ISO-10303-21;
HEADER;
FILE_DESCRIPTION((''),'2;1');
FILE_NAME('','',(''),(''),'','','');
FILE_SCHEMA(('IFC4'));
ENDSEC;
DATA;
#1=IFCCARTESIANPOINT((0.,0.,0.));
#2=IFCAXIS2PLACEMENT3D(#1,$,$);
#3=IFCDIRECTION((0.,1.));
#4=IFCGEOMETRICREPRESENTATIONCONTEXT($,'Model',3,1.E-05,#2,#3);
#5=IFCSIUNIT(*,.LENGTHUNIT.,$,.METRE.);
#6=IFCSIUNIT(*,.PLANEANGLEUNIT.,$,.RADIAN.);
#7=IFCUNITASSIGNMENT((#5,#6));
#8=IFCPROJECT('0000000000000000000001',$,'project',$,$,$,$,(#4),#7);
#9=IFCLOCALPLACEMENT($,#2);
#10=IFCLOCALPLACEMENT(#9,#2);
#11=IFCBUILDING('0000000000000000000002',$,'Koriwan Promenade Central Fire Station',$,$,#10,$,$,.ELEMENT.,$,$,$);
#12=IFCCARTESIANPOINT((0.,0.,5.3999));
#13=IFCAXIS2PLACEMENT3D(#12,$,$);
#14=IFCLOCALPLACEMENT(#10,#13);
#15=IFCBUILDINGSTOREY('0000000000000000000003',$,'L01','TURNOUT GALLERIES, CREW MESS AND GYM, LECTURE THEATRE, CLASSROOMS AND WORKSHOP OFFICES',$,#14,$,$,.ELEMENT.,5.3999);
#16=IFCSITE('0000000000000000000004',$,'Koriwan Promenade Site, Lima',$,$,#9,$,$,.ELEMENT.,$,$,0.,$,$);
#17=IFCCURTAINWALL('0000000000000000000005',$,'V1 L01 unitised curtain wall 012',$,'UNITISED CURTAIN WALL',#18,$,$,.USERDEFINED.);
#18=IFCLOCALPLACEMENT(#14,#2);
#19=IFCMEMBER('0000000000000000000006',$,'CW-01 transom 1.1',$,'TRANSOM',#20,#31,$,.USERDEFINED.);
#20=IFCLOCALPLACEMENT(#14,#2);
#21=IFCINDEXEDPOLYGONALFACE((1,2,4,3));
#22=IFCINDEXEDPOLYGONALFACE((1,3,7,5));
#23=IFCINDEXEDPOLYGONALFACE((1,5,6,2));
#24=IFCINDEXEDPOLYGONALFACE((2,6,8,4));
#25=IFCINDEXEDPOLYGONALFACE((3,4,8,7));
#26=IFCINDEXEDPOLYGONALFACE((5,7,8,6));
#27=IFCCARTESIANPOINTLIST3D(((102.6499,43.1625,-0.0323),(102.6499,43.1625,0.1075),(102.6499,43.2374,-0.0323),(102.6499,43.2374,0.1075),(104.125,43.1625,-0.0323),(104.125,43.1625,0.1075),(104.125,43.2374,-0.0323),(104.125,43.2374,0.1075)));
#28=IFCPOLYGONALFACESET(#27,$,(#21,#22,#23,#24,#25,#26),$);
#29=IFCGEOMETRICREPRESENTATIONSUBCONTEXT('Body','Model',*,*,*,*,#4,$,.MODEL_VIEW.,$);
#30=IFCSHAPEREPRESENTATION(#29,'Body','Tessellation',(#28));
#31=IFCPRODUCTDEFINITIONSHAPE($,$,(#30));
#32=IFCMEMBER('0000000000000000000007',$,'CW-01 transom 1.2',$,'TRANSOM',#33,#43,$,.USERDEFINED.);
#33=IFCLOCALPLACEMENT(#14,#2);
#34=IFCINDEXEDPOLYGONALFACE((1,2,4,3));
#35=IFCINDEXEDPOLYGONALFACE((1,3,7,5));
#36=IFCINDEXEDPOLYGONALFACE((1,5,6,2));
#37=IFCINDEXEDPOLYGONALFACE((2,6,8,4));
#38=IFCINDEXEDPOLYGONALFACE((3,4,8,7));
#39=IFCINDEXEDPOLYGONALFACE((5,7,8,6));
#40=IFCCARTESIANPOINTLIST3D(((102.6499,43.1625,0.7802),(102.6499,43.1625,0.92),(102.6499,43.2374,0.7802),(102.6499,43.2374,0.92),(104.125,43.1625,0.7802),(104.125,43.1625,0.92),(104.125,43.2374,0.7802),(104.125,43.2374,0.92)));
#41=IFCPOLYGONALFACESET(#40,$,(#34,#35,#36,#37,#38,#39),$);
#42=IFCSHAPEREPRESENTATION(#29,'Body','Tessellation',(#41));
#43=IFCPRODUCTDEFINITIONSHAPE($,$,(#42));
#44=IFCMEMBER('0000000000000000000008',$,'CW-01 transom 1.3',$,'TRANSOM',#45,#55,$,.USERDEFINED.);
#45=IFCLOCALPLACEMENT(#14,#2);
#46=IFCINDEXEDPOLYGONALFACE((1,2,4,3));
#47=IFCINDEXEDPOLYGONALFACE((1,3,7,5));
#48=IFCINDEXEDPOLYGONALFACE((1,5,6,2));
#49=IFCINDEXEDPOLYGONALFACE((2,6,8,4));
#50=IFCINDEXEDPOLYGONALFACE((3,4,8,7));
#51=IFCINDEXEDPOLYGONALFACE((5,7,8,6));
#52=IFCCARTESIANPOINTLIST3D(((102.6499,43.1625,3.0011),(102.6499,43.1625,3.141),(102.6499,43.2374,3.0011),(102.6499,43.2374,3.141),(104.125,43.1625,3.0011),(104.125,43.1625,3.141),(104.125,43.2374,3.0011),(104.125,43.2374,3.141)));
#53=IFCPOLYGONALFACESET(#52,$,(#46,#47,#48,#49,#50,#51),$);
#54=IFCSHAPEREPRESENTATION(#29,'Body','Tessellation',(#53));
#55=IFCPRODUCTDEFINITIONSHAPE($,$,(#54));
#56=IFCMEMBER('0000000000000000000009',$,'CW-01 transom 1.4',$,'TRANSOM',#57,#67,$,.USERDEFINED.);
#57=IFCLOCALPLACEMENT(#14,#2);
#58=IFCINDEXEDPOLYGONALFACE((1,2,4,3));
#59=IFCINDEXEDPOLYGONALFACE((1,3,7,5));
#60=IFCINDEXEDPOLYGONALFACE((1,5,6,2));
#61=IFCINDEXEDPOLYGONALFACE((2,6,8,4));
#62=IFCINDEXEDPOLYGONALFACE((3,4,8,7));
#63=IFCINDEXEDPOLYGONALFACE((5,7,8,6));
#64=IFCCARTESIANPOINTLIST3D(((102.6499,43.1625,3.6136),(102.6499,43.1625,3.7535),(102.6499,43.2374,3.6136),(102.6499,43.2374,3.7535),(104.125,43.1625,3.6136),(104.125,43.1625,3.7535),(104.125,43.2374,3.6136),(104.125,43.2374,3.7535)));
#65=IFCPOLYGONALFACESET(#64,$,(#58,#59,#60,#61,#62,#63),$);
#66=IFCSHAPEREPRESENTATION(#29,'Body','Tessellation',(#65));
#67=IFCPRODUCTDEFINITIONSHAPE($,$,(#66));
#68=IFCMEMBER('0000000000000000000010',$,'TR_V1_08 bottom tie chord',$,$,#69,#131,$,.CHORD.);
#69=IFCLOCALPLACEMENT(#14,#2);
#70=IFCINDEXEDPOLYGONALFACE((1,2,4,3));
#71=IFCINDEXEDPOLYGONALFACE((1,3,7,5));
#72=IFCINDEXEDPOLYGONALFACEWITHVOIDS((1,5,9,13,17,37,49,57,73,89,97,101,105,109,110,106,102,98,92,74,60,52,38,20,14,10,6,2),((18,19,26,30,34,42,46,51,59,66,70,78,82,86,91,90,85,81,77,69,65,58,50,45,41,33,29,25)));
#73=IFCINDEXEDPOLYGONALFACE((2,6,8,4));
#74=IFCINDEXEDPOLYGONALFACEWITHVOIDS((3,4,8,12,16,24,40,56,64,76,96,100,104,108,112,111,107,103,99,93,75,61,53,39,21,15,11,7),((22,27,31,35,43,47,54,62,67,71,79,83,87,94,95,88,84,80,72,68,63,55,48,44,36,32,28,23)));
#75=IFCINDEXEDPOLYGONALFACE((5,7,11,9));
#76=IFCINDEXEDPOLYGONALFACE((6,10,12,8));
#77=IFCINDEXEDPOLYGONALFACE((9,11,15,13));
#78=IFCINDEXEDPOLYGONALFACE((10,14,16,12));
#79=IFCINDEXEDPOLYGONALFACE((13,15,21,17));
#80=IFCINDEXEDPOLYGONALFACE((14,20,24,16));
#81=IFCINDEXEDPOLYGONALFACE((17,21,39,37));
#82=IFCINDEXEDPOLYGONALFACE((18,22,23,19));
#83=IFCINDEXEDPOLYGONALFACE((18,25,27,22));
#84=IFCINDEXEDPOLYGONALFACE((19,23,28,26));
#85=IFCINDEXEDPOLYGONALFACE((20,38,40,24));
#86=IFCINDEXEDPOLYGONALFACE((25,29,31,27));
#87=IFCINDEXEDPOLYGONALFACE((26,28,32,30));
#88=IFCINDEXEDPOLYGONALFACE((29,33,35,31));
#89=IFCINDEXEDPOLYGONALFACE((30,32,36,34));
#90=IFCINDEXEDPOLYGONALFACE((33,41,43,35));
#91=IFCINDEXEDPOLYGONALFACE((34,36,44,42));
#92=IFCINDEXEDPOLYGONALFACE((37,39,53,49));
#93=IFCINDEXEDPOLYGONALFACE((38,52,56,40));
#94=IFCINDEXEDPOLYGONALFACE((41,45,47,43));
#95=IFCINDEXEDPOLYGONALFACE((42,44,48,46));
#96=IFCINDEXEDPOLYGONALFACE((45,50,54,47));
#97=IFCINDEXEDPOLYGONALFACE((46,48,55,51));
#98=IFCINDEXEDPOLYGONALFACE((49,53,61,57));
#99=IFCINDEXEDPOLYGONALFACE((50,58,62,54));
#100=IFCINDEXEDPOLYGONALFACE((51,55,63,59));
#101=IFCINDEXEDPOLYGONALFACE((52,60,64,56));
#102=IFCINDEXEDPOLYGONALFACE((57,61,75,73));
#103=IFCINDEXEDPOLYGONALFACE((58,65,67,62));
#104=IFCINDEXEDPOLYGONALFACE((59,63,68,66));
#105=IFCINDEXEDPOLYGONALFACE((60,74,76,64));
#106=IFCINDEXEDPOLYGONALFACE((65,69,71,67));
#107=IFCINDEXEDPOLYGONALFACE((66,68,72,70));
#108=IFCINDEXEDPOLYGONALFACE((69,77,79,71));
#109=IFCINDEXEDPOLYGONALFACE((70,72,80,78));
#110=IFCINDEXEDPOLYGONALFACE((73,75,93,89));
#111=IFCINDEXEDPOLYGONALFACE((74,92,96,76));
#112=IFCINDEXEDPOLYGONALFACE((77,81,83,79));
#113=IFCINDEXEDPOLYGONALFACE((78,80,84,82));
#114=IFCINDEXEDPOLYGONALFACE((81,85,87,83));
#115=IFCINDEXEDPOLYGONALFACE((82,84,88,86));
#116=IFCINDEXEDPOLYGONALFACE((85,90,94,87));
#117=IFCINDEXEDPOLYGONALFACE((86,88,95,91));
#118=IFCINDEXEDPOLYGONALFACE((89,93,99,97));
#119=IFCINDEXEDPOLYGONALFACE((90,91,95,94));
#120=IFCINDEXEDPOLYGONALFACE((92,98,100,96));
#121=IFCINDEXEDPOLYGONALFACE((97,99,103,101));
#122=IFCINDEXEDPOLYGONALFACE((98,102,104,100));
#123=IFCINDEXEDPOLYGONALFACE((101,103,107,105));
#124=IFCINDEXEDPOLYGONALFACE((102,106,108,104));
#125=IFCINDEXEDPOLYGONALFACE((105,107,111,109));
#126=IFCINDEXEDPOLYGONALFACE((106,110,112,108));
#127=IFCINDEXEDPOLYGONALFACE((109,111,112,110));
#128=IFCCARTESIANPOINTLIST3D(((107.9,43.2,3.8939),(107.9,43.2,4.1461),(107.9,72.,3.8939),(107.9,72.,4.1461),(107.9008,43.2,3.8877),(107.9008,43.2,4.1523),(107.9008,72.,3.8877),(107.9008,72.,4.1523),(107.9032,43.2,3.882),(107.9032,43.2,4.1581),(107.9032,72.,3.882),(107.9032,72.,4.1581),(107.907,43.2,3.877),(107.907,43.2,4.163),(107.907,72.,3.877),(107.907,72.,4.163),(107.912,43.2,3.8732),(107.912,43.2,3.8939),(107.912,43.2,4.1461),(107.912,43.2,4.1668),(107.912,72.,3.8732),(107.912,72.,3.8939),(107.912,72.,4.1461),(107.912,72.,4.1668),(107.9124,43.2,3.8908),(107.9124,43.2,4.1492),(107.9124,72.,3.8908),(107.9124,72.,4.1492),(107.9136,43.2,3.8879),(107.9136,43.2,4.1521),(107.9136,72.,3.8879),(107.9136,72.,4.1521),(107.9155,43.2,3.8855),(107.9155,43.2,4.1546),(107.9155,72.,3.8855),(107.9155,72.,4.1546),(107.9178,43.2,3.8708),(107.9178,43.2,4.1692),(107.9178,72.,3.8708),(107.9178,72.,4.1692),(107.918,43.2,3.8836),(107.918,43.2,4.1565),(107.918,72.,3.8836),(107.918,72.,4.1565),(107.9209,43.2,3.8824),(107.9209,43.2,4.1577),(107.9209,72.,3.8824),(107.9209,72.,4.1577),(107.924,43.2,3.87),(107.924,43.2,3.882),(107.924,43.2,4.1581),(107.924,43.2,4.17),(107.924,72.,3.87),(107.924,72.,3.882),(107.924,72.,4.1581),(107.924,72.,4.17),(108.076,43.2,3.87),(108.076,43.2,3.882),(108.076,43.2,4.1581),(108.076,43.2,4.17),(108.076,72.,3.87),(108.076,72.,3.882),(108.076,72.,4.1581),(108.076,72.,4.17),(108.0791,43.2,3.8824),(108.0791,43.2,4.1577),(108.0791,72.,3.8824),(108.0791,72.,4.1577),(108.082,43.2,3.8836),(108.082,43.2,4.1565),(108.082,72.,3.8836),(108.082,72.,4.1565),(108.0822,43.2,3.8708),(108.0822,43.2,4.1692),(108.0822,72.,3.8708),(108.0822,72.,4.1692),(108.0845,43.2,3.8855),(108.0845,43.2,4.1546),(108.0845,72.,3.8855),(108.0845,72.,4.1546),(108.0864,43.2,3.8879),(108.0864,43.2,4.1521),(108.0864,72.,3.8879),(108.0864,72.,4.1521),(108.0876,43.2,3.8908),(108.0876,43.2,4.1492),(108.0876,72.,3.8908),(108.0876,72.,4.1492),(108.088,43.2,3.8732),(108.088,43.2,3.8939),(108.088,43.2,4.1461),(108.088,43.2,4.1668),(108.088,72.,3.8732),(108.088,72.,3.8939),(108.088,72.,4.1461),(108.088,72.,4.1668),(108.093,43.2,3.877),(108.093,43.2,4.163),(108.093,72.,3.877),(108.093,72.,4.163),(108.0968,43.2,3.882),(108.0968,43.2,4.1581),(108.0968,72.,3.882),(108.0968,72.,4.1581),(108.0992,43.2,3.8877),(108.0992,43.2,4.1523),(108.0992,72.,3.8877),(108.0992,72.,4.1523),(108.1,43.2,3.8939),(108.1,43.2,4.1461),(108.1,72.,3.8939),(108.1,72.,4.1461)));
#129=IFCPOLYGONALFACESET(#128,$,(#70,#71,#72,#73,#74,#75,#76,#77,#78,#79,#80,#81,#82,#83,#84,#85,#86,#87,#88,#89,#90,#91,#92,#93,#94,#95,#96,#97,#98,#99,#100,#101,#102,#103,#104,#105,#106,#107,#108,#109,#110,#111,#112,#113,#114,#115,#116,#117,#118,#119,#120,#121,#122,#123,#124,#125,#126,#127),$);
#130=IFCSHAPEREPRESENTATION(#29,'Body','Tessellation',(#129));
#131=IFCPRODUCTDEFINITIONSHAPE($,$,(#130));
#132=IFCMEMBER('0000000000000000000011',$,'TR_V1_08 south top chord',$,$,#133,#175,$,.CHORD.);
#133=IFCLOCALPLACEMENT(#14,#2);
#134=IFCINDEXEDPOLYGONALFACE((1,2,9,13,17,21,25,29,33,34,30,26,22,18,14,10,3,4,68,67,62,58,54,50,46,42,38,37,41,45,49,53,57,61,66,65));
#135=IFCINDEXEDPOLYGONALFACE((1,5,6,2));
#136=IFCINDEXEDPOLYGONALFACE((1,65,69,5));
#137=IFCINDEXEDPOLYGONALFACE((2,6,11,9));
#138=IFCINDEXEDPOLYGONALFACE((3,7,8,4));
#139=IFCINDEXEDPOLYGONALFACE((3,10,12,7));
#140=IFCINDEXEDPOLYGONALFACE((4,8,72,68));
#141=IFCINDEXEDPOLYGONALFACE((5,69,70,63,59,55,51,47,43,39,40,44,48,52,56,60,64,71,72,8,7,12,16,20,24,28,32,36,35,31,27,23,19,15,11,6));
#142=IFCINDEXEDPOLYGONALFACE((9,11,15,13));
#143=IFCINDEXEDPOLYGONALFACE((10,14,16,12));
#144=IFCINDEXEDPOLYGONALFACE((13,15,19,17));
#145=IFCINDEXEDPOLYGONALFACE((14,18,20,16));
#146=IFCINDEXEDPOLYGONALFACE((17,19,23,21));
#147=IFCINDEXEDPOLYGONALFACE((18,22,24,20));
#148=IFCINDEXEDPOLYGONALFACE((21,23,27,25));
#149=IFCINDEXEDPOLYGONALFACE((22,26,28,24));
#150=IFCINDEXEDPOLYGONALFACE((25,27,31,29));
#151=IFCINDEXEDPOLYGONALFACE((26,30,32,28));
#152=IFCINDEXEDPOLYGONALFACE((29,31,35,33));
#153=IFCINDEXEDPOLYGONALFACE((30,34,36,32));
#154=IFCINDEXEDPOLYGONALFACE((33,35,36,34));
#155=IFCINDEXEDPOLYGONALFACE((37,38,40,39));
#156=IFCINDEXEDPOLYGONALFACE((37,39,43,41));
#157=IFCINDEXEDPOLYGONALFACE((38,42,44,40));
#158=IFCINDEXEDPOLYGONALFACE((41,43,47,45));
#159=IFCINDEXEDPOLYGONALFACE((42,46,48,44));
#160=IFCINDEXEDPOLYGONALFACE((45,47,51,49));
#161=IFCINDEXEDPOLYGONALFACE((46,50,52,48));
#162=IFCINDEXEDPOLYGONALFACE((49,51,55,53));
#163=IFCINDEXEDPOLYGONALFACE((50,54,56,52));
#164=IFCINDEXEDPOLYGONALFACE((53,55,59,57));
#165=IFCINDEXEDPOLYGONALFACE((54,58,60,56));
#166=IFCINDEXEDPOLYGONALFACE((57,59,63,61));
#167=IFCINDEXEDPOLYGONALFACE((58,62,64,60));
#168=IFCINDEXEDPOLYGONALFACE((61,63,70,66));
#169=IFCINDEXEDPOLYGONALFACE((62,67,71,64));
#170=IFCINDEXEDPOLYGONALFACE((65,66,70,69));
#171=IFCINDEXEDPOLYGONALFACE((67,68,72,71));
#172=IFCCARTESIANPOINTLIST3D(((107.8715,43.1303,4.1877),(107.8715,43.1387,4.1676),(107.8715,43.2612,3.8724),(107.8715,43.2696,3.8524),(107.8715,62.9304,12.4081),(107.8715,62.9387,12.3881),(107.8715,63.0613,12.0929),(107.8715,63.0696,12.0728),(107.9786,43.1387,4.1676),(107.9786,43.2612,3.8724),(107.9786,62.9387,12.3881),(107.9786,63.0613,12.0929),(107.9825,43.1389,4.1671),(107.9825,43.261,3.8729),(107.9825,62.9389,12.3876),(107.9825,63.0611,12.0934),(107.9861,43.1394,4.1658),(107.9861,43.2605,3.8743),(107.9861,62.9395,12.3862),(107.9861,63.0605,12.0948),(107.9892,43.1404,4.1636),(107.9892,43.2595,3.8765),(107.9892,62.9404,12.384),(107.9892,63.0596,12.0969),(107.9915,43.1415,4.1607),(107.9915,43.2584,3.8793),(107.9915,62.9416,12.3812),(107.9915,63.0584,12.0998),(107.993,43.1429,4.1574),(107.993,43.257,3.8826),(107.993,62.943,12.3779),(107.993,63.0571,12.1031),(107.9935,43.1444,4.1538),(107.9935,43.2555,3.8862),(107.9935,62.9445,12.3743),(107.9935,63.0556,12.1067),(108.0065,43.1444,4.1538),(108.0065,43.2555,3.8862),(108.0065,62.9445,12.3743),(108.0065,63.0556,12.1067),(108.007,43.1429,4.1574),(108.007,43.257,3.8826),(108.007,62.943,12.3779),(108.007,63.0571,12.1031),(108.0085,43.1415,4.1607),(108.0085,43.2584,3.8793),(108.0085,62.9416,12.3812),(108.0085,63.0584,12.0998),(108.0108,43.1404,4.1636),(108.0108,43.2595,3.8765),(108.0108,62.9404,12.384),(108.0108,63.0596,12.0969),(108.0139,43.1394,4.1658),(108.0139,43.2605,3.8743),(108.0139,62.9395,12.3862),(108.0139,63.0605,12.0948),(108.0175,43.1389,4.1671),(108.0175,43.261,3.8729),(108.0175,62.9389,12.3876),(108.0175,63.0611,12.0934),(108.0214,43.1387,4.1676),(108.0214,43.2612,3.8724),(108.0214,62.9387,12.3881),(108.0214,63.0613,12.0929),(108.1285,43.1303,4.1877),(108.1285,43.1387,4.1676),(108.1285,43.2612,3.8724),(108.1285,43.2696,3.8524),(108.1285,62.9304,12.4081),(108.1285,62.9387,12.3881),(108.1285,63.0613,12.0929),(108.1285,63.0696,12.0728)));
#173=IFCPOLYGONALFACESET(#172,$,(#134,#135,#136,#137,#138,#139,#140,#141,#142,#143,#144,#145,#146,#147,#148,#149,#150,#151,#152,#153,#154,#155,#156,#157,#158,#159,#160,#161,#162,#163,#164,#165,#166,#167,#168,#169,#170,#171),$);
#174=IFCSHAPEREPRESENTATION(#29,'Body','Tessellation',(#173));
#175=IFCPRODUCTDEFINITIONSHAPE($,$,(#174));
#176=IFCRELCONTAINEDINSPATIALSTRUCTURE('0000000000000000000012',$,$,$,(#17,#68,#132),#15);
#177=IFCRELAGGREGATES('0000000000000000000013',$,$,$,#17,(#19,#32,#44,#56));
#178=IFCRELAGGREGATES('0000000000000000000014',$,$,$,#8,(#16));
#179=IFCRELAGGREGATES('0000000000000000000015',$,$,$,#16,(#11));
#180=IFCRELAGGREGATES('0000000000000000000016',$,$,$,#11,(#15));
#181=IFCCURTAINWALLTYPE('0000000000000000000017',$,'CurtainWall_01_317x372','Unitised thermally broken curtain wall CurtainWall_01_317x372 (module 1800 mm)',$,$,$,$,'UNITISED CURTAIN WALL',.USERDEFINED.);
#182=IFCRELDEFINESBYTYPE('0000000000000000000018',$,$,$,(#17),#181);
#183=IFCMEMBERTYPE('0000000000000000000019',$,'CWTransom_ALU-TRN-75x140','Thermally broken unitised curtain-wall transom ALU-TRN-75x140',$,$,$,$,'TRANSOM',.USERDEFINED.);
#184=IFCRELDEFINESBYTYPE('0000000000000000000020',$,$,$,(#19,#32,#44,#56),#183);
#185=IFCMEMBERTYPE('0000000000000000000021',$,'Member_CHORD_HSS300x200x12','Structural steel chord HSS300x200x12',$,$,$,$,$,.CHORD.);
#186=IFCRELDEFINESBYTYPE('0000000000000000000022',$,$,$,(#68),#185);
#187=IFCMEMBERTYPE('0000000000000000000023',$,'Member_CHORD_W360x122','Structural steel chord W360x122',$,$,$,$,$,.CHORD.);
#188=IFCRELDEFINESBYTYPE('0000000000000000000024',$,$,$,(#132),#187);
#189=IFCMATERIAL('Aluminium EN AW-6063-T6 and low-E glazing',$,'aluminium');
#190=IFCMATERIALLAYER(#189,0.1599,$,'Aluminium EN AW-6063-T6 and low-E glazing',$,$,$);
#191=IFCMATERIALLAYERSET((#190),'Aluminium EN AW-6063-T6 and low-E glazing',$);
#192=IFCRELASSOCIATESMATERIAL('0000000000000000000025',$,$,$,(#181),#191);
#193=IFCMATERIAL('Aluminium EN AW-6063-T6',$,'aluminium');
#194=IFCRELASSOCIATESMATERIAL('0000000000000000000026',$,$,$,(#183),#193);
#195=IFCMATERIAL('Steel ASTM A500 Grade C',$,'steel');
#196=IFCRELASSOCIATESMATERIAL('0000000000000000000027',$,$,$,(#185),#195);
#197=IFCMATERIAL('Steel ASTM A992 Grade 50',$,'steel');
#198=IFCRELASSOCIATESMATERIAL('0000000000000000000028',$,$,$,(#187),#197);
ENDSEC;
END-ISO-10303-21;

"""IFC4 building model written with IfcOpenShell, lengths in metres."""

from ifc_helpers import new_model, si_unit, direction, frame, origin, origin_2d, place, context, subcontext, project, spatial, rectangle, hollow_rectangle, i_section, extrude, material, layer, layer_set, material_profile, profile_set, type_object, element, aggregate, save


model = new_model("IFC4")

# Units and contexts
model_context = context("Model", 3, precision=1e-05, world=origin(), true_north=direction((0.0, 1.0)))
body_context = subcontext(model_context, "Body", "Model", "MODEL_VIEW")
ifc_project = project(units=[si_unit("LENGTHUNIT", "METRE"), si_unit("PLANEANGLEUNIT", "RADIAN")], contexts=[model_context])

# Site, building, storey
site_placement = place(None, origin())
site = spatial("IfcSite", under=ifc_project, at=site_placement, Name="Koriwan Promenade Site, Lima", CompositionType="ELEMENT", RefElevation=0.0)
building_placement = place(site_placement, origin())
building = spatial("IfcBuilding", under=site, at=building_placement, Name="Koriwan Promenade Central Fire Station", CompositionType="ELEMENT")
storey_placement = place(building_placement, frame((0.0, 0.0, 5.3999)))
storey = spatial("IfcBuildingStorey", under=building, at=storey_placement, Name="L01", Description="TURNOUT GALLERIES, CREW MESS AND GYM, LECTURE THEATRE, CLASSROOMS AND WORKSHOP OFFICES", CompositionType="ELEMENT", Elevation=5.3999)

# Shared definitions
ifc_material_1 = material(Name="Aluminium EN AW-6063-T6 and low-E glazing", Category="aluminium")
ifc_material_2 = material(Name="Aluminium EN AW-6063-T6", Category="aluminium")

# Curtain wall
ifc_layer_1 = layer(ifc_material_1, 0.1599, Name="Aluminium EN AW-6063-T6 and low-E glazing")
ifc_layer_set_1 = layer_set([ifc_layer_1], Name="Aluminium EN AW-6063-T6 and low-E glazing")
curtain_wall_type_1 = type_object("IfcCurtainWallType", Name="CurtainWall_01_317x372", Description="Unitised thermally broken curtain wall CurtainWall_01_317x372 (module 1800 mm)", ElementType="UNITISED CURTAIN WALL", PredefinedType="USERDEFINED", material=ifc_layer_set_1)
curtain_wall_1_placement = place(storey_placement, origin())
curtain_wall_1 = element("IfcCurtainWall", 1, at=curtain_wall_1_placement, inside=storey, type_object=curtain_wall_type_1, Name="V1 L01 unitised curtain wall 012", ObjectType="UNITISED CURTAIN WALL", PredefinedType="USERDEFINED")

# Members
ifc_material_profile_1 = material_profile(ifc_material_2, rectangle(XDim=0.075, YDim=0.1399, at=origin_2d()), Name="ALU-TRN-75x140")
ifc_profile_set_1 = profile_set([ifc_material_profile_1], Name="Aluminium EN AW-6063-T6")
member_type_1 = type_object("IfcMemberType", Name="CWTransom_ALU-TRN-75x140", Description="Thermally broken unitised curtain-wall transom ALU-TRN-75x140", ElementType="TRANSOM", PredefinedType="USERDEFINED", material=ifc_profile_set_1)
member_1_placement = place(storey_placement, frame((104.125, 43.2, 0.0376), z_axis=(-1.0, 0.0, 0.0), x_axis=(0.0, -1.0, 0.0)))
member_1 = element("IfcMember", 2, at=member_1_placement, type_object=member_type_1, Name="CW-01 transom 1.1", ObjectType="TRANSOM", PredefinedType="USERDEFINED", context=body_context, shape_type="SweptSolid", body=[
    extrude(rectangle(XDim=0.075, YDim=0.1399, at=origin_2d()), origin(), (0.0, 0.0, 1.0), 1.4751),
])
member_2_placement = place(storey_placement, frame((104.125, 43.2, 0.8501), z_axis=(-1.0, 0.0, 0.0), x_axis=(0.0, -1.0, 0.0)))
member_2 = element("IfcMember", 3, at=member_2_placement, type_object=member_type_1, Name="CW-01 transom 1.2", ObjectType="TRANSOM", PredefinedType="USERDEFINED", context=body_context, shape_type="SweptSolid", body=[
    extrude(rectangle(XDim=0.075, YDim=0.1399, at=origin_2d()), origin(), (0.0, 0.0, 1.0), 1.4751),
])
member_3_placement = place(storey_placement, frame((104.125, 43.2, 3.071), z_axis=(-1.0, 0.0, 0.0), x_axis=(0.0, -1.0, 0.0)))
member_3 = element("IfcMember", 4, at=member_3_placement, type_object=member_type_1, Name="CW-01 transom 1.3", ObjectType="TRANSOM", PredefinedType="USERDEFINED", context=body_context, shape_type="SweptSolid", body=[
    extrude(rectangle(XDim=0.075, YDim=0.1399, at=origin_2d()), origin(), (0.0, 0.0, 1.0), 1.4751),
])
member_4_placement = place(storey_placement, frame((104.125, 43.2, 3.6836), z_axis=(-1.0, 0.0, 0.0), x_axis=(0.0, -1.0, 0.0)))
member_4 = element("IfcMember", 5, at=member_4_placement, type_object=member_type_1, Name="CW-01 transom 1.4", ObjectType="TRANSOM", PredefinedType="USERDEFINED", context=body_context, shape_type="SweptSolid", body=[
    extrude(rectangle(XDim=0.075, YDim=0.1399, at=origin_2d()), origin(), (0.0, 0.0, 1.0), 1.4751),
])

# Members
ifc_material_3 = material(Name="Steel ASTM A500 Grade C", Category="steel")
ifc_material_profile_2 = material_profile(ifc_material_3, hollow_rectangle(XDim=0.2, YDim=0.3, WallThickness=0.012, InnerFilletRadius=0.012, OuterFilletRadius=0.0239, at=origin_2d()), Name="HSS300x200x12")
ifc_profile_set_2 = profile_set([ifc_material_profile_2], Name="Steel ASTM A500 Grade C")
member_type_2 = type_object("IfcMemberType", Name="Member_CHORD_HSS300x200x12", Description="Structural steel chord HSS300x200x12", PredefinedType="CHORD", material=ifc_profile_set_2)
member_5_placement = place(storey_placement, frame((108.0, 43.2, 4.02), z_axis=(0.0, 1.0, 0.0), x_axis=(-1.0, 0.0, 0.0)))
element("IfcMember", 6, at=member_5_placement, inside=storey, type_object=member_type_2, Name="TR_V1_08 bottom tie chord", PredefinedType="CHORD", context=body_context, shape_type="SweptSolid", body=[
    extrude(hollow_rectangle(XDim=0.2, YDim=0.3, WallThickness=0.012, InnerFilletRadius=0.012, OuterFilletRadius=0.0239, at=origin_2d()), origin(), (0.0, 0.0, 1.0), 28.8),
])
ifc_material_4 = material(Name="Steel ASTM A992 Grade 50", Category="steel")
ifc_material_profile_3 = material_profile(ifc_material_4, i_section(OverallWidth=0.2571, OverallDepth=0.363, WebThickness=0.0129, FlangeThickness=0.0217, FilletRadius=0.0149, at=origin_2d()), Name="W360x122")
ifc_profile_set_3 = profile_set([ifc_material_profile_3], Name="Steel ASTM A992 Grade 50")
member_type_3 = type_object("IfcMemberType", Name="Member_CHORD_W360x122", Description="Structural steel chord W360x122", PredefinedType="CHORD", material=ifc_profile_set_3)
member_6_placement = place(storey_placement, frame((108.0, 43.2, 4.02), z_axis=(0.0, 0.923566, 0.38344), x_axis=(-1.0, 0.0, 0.0)))
element("IfcMember", 7, at=member_6_placement, inside=storey, type_object=member_type_3, Name="TR_V1_08 south top chord", PredefinedType="CHORD", context=body_context, shape_type="SweptSolid", body=[
    extrude(i_section(OverallWidth=0.2571, OverallDepth=0.363, WebThickness=0.0129, FlangeThickness=0.0217, FilletRadius=0.0149, at=origin_2d()), origin(), (0.0, 0.0, 1.0), 21.4387),
])

aggregate(curtain_wall_1, [member_1, member_2, member_3, member_4])

save(model, "model.ifc")
